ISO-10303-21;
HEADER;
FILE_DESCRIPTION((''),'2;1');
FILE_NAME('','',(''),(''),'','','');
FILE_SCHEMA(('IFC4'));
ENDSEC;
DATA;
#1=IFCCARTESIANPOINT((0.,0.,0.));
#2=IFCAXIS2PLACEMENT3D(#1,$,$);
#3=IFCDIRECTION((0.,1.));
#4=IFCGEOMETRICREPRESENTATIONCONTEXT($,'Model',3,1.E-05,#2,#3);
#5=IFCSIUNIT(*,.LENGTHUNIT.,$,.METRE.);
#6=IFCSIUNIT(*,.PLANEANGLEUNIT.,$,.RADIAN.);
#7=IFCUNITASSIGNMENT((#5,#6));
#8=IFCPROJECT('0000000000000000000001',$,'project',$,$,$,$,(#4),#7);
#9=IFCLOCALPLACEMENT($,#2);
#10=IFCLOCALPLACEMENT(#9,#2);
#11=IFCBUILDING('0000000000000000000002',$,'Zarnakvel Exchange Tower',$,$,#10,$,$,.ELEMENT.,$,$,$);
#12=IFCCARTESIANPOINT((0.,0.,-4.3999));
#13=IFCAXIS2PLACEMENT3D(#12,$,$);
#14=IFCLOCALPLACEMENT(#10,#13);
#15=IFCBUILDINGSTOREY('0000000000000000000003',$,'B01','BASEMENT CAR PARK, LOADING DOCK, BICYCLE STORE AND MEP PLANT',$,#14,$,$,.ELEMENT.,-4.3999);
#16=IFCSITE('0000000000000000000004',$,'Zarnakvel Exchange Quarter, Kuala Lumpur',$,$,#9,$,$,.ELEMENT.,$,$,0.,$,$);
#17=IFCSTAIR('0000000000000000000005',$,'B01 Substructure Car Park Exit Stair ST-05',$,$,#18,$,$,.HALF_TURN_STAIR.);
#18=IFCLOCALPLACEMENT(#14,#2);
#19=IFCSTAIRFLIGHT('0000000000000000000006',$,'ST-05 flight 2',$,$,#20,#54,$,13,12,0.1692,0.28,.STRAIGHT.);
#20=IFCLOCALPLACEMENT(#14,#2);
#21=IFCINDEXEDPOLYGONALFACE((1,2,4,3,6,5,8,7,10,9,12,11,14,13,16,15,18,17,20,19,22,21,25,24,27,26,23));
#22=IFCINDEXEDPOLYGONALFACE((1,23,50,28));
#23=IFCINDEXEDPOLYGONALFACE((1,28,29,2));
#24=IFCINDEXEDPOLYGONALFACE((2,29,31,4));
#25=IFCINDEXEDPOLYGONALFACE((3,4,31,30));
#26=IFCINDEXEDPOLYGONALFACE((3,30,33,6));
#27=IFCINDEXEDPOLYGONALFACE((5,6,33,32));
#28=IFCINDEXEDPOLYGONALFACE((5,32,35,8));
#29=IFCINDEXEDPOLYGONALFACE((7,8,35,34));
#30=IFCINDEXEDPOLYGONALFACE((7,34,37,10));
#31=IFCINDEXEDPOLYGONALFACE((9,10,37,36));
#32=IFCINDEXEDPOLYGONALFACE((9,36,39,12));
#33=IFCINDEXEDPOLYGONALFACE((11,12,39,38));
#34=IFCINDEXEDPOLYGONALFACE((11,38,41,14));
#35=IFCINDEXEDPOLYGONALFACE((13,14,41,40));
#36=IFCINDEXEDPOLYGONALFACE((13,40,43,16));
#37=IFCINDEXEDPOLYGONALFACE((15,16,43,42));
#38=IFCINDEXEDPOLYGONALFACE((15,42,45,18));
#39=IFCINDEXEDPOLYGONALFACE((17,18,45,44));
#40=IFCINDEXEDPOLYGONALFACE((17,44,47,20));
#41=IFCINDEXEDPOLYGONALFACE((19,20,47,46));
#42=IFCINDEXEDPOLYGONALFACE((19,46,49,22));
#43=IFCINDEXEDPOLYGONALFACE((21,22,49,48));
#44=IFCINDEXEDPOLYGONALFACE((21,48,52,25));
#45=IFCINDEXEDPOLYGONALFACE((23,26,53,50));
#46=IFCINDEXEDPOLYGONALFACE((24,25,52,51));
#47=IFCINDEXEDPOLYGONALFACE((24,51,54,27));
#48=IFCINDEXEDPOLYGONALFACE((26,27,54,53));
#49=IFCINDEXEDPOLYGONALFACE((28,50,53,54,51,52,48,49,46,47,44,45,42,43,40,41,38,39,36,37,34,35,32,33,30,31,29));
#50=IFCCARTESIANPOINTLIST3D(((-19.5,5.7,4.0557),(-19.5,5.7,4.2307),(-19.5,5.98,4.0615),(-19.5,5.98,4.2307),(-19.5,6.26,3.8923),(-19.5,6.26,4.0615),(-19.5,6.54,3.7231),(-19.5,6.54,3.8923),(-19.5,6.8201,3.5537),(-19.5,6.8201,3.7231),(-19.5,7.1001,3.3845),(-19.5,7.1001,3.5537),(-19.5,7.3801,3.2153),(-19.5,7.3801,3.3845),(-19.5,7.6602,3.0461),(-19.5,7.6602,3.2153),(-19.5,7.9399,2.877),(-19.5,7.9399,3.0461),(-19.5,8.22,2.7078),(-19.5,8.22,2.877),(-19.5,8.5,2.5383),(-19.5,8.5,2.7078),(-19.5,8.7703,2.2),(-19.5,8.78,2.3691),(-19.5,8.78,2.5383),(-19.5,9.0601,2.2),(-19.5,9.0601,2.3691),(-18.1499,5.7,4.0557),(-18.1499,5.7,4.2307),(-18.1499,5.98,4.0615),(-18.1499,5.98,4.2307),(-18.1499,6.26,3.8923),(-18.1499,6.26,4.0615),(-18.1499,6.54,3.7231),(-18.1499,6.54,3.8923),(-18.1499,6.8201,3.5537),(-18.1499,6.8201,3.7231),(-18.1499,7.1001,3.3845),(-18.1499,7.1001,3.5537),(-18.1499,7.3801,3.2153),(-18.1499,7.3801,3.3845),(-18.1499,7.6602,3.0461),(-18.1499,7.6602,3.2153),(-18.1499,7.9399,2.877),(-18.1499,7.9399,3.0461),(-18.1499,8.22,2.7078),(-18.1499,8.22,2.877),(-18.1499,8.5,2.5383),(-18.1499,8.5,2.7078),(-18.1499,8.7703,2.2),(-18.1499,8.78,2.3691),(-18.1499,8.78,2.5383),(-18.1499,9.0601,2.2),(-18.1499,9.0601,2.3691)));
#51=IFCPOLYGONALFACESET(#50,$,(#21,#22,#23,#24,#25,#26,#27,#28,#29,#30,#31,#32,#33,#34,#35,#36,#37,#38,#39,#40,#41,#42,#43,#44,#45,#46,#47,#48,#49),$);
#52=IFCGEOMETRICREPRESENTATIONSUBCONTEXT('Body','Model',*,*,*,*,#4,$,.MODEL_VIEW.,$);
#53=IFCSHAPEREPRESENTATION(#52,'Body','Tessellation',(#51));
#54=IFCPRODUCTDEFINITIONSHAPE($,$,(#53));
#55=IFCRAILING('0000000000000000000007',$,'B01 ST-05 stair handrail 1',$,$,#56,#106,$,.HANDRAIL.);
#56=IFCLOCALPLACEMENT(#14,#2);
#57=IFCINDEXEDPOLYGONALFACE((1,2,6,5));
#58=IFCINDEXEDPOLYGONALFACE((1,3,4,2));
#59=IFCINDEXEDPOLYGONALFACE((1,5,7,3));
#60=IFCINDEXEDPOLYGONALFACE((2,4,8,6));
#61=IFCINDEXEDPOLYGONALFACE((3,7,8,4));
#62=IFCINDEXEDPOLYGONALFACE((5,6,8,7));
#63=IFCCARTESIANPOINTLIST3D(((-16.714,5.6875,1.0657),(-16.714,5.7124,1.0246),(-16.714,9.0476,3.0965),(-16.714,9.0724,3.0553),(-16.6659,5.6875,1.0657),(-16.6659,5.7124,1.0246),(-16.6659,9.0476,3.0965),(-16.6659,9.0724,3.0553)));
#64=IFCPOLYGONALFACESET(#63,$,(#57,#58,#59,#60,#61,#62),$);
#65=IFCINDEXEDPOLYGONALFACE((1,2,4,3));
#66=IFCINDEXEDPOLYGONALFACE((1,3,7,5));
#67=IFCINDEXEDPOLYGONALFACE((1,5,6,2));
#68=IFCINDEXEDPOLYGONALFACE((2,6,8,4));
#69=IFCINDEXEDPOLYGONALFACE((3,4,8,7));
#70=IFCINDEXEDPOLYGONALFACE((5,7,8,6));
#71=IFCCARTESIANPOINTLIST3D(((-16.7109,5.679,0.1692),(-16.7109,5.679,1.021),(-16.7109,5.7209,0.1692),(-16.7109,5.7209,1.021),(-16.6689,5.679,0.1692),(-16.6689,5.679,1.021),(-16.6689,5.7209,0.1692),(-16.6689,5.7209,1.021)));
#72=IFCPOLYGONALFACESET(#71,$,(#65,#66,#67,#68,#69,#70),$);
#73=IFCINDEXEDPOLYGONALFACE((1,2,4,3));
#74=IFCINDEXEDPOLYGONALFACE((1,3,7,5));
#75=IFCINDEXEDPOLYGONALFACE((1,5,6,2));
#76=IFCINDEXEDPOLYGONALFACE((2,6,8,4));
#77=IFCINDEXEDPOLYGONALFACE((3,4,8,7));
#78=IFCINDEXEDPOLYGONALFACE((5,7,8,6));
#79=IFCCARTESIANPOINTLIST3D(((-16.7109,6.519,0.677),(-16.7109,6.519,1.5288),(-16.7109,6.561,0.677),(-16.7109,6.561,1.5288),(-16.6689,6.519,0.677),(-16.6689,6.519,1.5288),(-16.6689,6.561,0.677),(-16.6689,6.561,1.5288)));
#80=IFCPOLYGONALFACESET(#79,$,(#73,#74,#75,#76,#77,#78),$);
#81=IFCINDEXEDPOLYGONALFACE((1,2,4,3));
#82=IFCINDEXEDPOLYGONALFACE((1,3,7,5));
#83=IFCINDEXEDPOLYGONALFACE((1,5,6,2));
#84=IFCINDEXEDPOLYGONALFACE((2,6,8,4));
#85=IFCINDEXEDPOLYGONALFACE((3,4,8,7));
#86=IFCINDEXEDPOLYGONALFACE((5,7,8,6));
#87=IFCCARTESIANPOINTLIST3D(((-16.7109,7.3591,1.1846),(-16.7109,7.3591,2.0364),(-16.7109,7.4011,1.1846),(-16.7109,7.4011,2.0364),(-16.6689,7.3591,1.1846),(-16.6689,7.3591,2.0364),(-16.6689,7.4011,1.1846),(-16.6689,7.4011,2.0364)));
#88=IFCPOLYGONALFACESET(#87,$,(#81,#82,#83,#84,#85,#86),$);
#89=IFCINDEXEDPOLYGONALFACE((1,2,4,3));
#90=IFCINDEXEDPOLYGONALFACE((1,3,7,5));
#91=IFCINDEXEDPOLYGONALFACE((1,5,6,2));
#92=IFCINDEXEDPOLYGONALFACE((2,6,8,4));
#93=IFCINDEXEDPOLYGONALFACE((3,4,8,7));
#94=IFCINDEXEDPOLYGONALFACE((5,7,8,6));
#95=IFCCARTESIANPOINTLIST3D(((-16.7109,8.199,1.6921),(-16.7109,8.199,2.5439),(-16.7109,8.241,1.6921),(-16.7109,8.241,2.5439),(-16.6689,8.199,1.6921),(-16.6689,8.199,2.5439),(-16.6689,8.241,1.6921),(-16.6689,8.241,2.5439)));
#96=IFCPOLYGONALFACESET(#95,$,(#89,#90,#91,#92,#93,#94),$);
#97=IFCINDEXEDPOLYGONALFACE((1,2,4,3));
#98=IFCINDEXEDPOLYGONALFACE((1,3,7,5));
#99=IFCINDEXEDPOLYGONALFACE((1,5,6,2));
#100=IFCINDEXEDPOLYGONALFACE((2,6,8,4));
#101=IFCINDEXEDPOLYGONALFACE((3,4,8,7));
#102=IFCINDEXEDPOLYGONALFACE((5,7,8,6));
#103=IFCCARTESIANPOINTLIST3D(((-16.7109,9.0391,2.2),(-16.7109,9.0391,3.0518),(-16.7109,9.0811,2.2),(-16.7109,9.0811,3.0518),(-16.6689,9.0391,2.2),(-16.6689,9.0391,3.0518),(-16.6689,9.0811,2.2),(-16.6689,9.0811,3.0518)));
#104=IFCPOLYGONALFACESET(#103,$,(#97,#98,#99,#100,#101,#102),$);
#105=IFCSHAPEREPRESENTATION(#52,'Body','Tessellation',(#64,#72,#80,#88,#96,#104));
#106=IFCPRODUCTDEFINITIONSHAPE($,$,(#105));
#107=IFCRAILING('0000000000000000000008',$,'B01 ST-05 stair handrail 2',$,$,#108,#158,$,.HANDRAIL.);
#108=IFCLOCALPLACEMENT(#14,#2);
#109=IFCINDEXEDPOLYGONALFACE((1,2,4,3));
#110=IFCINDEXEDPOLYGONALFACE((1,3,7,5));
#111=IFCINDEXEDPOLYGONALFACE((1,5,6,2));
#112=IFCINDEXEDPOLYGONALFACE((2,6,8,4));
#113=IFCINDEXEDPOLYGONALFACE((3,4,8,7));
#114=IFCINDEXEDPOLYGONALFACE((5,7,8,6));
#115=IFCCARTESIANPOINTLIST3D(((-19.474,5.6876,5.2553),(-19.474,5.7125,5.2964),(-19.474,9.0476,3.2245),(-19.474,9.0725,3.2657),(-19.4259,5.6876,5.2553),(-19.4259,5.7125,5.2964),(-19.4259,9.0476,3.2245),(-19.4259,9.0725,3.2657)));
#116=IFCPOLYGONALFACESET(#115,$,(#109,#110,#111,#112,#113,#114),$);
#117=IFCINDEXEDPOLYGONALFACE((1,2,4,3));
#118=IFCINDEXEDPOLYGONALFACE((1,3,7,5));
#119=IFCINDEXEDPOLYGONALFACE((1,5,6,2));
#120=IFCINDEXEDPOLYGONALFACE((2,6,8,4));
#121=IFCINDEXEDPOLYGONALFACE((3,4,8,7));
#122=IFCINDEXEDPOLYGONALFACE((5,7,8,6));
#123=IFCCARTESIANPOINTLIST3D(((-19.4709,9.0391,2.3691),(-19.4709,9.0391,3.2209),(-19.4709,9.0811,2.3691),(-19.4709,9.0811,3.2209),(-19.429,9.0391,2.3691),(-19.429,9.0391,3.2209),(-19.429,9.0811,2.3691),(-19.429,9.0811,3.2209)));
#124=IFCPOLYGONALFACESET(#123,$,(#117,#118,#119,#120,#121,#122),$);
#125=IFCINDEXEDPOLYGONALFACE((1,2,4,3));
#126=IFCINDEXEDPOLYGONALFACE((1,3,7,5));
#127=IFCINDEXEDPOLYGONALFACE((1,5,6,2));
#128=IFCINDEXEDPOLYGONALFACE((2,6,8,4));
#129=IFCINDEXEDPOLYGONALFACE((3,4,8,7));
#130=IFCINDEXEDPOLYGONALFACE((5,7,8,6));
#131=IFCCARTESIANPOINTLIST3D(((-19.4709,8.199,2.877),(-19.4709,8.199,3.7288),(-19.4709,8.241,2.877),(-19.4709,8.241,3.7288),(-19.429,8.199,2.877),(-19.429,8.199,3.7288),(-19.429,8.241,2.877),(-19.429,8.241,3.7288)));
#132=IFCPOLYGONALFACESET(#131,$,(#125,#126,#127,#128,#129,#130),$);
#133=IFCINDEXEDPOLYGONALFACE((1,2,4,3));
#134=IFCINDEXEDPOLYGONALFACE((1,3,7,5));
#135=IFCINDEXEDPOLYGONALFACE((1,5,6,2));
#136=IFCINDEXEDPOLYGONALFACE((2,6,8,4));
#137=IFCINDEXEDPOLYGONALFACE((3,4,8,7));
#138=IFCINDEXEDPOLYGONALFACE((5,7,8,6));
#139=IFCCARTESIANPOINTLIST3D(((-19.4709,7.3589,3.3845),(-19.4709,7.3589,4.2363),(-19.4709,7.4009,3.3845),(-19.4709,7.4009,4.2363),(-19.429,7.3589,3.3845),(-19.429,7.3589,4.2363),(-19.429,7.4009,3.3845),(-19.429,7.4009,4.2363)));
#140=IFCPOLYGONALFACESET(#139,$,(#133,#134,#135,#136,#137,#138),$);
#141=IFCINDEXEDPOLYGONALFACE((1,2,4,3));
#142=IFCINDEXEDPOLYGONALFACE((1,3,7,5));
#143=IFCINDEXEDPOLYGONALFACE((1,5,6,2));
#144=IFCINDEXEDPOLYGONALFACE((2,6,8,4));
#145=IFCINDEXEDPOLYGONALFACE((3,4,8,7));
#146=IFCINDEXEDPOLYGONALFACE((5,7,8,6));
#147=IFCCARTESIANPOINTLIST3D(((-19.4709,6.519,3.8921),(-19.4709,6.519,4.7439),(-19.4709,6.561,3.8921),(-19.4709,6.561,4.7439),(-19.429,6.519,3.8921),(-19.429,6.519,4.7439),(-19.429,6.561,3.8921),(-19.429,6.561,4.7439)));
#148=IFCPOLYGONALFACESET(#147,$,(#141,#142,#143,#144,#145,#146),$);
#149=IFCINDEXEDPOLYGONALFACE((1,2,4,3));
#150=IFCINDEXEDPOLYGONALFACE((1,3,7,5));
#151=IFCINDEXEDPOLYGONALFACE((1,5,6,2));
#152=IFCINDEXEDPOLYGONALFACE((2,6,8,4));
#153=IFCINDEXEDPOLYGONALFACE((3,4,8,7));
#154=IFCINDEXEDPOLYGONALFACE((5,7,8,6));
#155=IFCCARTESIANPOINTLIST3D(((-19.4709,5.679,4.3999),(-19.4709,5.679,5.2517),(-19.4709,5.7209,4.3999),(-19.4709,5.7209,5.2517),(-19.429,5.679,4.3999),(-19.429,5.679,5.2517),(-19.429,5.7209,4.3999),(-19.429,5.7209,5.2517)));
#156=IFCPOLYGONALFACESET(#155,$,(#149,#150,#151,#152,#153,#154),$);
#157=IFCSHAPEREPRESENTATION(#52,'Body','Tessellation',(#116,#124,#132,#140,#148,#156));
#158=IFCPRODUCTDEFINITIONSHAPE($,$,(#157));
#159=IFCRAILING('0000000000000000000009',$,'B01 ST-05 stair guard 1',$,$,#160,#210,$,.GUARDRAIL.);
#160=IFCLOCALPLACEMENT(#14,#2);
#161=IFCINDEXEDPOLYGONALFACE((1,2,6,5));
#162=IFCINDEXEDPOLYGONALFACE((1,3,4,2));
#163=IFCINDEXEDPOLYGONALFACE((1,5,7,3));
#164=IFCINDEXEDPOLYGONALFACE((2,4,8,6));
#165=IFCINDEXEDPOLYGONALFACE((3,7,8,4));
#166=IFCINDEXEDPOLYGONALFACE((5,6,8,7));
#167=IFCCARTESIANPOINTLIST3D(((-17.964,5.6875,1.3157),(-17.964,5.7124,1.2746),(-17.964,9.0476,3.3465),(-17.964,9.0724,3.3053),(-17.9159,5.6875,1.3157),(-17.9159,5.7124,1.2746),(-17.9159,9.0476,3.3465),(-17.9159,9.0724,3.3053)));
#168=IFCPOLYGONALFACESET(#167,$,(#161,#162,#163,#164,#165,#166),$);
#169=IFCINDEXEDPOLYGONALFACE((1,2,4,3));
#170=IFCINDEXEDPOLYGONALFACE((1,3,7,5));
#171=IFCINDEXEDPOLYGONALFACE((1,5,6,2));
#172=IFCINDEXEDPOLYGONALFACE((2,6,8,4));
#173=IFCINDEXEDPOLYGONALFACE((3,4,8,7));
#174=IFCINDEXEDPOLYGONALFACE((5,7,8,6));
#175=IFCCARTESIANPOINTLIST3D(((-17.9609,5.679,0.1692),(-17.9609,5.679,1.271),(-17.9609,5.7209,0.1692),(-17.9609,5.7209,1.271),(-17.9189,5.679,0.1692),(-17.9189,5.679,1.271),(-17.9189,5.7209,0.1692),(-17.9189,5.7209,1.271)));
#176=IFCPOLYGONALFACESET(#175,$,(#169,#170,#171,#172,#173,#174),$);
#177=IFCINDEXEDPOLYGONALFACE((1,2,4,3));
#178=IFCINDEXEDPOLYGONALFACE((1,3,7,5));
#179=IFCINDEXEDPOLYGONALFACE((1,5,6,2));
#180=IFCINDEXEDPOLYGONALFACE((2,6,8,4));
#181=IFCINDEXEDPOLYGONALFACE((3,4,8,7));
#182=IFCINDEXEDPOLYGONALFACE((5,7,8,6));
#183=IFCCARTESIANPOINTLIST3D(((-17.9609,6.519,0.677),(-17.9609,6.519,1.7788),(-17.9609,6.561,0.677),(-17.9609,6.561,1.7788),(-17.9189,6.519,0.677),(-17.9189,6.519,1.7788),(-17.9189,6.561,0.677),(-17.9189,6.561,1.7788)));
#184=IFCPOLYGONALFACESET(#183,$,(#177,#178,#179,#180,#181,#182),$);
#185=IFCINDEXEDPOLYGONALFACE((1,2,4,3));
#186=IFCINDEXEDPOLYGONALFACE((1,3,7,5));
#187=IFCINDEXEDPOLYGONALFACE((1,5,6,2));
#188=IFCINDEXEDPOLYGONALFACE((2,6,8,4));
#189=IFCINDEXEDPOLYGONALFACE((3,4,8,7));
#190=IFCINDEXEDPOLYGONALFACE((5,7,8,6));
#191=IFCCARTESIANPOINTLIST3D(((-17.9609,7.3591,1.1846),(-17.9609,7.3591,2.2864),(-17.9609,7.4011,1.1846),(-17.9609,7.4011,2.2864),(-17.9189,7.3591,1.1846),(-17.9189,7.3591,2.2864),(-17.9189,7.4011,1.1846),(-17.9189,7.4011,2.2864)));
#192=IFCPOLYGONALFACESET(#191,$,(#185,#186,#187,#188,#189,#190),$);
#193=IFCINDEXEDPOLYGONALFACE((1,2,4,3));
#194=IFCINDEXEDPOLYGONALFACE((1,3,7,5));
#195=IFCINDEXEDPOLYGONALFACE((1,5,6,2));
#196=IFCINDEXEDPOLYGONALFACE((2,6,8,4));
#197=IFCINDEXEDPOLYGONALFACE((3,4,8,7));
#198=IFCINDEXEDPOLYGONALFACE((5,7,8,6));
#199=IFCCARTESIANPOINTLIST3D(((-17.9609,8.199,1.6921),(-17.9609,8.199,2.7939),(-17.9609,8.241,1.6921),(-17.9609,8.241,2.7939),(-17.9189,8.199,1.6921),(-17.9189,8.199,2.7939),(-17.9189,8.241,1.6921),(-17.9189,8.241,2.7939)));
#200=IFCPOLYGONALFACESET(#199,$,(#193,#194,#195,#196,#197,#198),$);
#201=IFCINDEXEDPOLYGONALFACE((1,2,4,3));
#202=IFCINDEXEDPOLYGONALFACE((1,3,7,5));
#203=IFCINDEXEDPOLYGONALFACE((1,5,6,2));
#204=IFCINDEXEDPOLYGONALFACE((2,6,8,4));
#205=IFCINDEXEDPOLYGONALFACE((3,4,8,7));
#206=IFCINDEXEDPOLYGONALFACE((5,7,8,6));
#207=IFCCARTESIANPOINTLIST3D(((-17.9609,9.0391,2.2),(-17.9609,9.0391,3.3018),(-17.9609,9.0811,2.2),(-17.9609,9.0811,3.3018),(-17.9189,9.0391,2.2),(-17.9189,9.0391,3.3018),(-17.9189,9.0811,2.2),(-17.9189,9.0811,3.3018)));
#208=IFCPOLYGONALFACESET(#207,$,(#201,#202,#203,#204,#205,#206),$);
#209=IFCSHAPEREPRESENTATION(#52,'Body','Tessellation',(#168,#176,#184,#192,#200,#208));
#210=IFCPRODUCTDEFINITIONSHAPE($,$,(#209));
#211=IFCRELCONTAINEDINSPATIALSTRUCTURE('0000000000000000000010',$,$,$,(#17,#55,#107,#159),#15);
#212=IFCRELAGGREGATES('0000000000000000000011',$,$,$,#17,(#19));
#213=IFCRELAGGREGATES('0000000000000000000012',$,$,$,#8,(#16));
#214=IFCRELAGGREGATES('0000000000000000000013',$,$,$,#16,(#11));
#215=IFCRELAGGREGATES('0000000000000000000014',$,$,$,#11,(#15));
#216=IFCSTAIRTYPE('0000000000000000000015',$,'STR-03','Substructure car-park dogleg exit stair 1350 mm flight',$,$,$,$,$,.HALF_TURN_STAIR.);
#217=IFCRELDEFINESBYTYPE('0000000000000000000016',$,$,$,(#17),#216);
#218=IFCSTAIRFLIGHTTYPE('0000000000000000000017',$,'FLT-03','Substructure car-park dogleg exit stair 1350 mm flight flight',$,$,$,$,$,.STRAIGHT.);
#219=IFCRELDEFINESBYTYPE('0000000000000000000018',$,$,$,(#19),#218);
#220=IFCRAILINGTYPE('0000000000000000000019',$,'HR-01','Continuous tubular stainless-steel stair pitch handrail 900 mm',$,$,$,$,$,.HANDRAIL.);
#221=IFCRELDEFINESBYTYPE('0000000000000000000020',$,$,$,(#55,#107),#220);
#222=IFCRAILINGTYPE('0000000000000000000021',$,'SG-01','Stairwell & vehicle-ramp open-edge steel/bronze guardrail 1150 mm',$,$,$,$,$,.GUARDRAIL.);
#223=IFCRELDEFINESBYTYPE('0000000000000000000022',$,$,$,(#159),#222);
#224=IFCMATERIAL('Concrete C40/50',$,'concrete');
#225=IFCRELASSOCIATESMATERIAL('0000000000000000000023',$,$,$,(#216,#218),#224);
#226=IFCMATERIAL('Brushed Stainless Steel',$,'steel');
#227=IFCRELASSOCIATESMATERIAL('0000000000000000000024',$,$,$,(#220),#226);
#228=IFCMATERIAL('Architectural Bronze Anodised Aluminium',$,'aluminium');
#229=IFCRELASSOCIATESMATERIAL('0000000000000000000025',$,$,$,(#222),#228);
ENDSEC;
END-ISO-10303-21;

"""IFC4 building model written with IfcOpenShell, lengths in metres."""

from ifc_helpers import new_model, si_unit, direction, frame, origin, origin_2d, place, context, subcontext, project, spatial, polyline, rectangle, outline, extrude, material, type_object, element, aggregate, save


model = new_model("IFC4")

# Units and contexts
model_context = context("Model", 3, precision=1e-05, world=origin(), true_north=direction((0.0, 1.0)))
body_context = subcontext(model_context, "Body", "Model", "MODEL_VIEW")
ifc_project = project(units=[si_unit("LENGTHUNIT", "METRE"), si_unit("PLANEANGLEUNIT", "RADIAN")], contexts=[model_context])

# Site, building, storey
site_placement = place(None, origin())
site = spatial("IfcSite", under=ifc_project, at=site_placement, Name="Zarnakvel Exchange Quarter, Kuala Lumpur", CompositionType="ELEMENT", RefElevation=0.0)
building_placement = place(site_placement, origin())
building = spatial("IfcBuilding", under=site, at=building_placement, Name="Zarnakvel Exchange Tower", CompositionType="ELEMENT")
storey_placement = place(building_placement, frame((0.0, 0.0, -4.3999)))
storey = spatial("IfcBuildingStorey", under=building, at=storey_placement, Name="B01", Description="BASEMENT CAR PARK, LOADING DOCK, BICYCLE STORE AND MEP PLANT", CompositionType="ELEMENT", Elevation=-4.3999)

# Shared definitions
ifc_material_1 = material(Name="Concrete C40/50", Category="concrete")

# Stair, stair flight
stair_type = type_object("IfcStairType", Name="STR-03", Description="Substructure car-park dogleg exit stair 1350 mm flight", PredefinedType="HALF_TURN_STAIR", material=ifc_material_1)
stair_placement = place(storey_placement, origin())
stair = element("IfcStair", 1, at=stair_placement, inside=storey, type_object=stair_type, Name="B01 Substructure Car Park Exit Stair ST-05", PredefinedType="HALF_TURN_STAIR")
stair_flight_type = type_object("IfcStairFlightType", Name="FLT-03", Description="Substructure car-park dogleg exit stair 1350 mm flight flight", PredefinedType="STRAIGHT", material=ifc_material_1)
stair_flight_1_placement = place(storey_placement, frame((-18.825, 9.0601, 2.2), z_axis=(0.0, 0.0, 1.0), x_axis=(0.0, -1.0, 0.0)))
stair_flight_1 = element("IfcStairFlight", 2, at=stair_flight_1_placement, type_object=stair_flight_type, Name="ST-05 flight 2", NumberOfRisers=13, NumberOfTreads=12, PredefinedType="STRAIGHT", RiserHeight=0.1692, TreadLength=0.28, context=body_context, shape_type="SweptSolid", body=[
    extrude(outline(polyline([(0.0, 0.0), (0.0, 0.1692), (0.28, 0.1692), (0.28, 0.3384), (0.5601, 0.3384), (0.5601, 0.5078), (0.8401, 0.5078), (0.8401, 0.677), (1.1201, 0.677), (1.1201, 0.8462), (1.3999, 0.8462), (1.3999, 1.0154), (1.6799, 1.0154), (1.6799, 1.1846), (1.96, 1.1846), (1.96, 1.3538), (2.24, 1.3538), (2.24, 1.5232), (2.52, 1.5232), (2.52, 1.6924), (2.8, 1.6924), (2.8, 1.8616), (3.0801, 1.8616), (3.0801, 2.0308), (3.3601, 2.0308), (3.3601, 2.2), (3.3601, 1.8557), (0.2898, 0.0), (0.0, 0.0)])), frame((0.0, 0.675, 0.0), z_axis=(0.0, -1.0, 0.0), x_axis=(1.0, 0.0, 0.0)), (0.0, 0.0, 1.0), 1.3501),
])
aggregate(stair, [stair_flight_1])

# Railings
ifc_material_2 = material(Name="Brushed Stainless Steel", Category="steel")
railing_type_1 = type_object("IfcRailingType", Name="HR-01", Description="Continuous tubular stainless-steel stair pitch handrail 900 mm", PredefinedType="HANDRAIL", material=ifc_material_2)
railing_1_placement = place(storey_placement, frame((-16.6899, 5.7, 0.1692)))
element("IfcRailing", 3, at=railing_1_placement, inside=storey, type_object=railing_type_1, Name="B01 ST-05 stair handrail 1", PredefinedType="HANDRAIL", context=body_context, shape_type="SweptSolid", body=[
    extrude(rectangle(XDim=0.0481, YDim=0.0481, at=origin_2d()), frame((0.0, 0.0, 0.876), z_axis=(0.0, 0.855837, 0.517246), x_axis=(-1.0, 0.0, 0.0)), (0.0, 0.0, 1.0), 3.926),
    extrude(rectangle(XDim=0.042, YDim=0.042, at=origin_2d()), origin(), (0.0, 0.0, 1.0), 0.8518),
    extrude(rectangle(XDim=0.042, YDim=0.042, at=origin_2d()), frame((0.0, 0.8401, 0.5078)), (0.0, 0.0, 1.0), 0.8518),
    extrude(rectangle(XDim=0.042, YDim=0.042, at=origin_2d()), frame((0.0, 1.6802, 1.0154)), (0.0, 0.0, 1.0), 0.8518),
    extrude(rectangle(XDim=0.042, YDim=0.042, at=origin_2d()), frame((0.0, 2.52, 1.5229)), (0.0, 0.0, 1.0), 0.8518),
    extrude(rectangle(XDim=0.042, YDim=0.042, at=origin_2d()), frame((0.0, 3.3601, 2.0308)), (0.0, 0.0, 1.0), 0.8518),
])
railing_2_placement = place(storey_placement, frame((-19.45, 9.0601, 2.3691)))
element("IfcRailing", 4, at=railing_2_placement, inside=storey, type_object=railing_type_1, Name="B01 ST-05 stair handrail 2", PredefinedType="HANDRAIL", context=body_context, shape_type="SweptSolid", body=[
    extrude(rectangle(XDim=0.0481, YDim=0.0481, at=origin_2d()), frame((0.0, 0.0, 0.876), z_axis=(0.0, -0.855837, 0.517246), x_axis=(1.0, 0.0, 0.0)), (0.0, 0.0, 1.0), 3.926),
    extrude(rectangle(XDim=0.042, YDim=0.042, at=origin_2d()), origin(), (0.0, 0.0, 1.0), 0.8518),
    extrude(rectangle(XDim=0.042, YDim=0.042, at=origin_2d()), frame((0.0, -0.8401, 0.5078)), (0.0, 0.0, 1.0), 0.8518),
    extrude(rectangle(XDim=0.042, YDim=0.042, at=origin_2d()), frame((0.0, -1.6802, 1.0154)), (0.0, 0.0, 1.0), 0.8518),
    extrude(rectangle(XDim=0.042, YDim=0.042, at=origin_2d()), frame((0.0, -2.52, 1.5229)), (0.0, 0.0, 1.0), 0.8518),
    extrude(rectangle(XDim=0.042, YDim=0.042, at=origin_2d()), frame((0.0, -3.3601, 2.0308)), (0.0, 0.0, 1.0), 0.8518),
])
ifc_material_3 = material(Name="Architectural Bronze Anodised Aluminium", Category="aluminium")
railing_type_2 = type_object("IfcRailingType", Name="SG-01", Description="Stairwell & vehicle-ramp open-edge steel/bronze guardrail 1150 mm", PredefinedType="GUARDRAIL", material=ifc_material_3)
railing_3_placement = place(storey_placement, frame((-17.9399, 5.7, 0.1692)))
element("IfcRailing", 5, at=railing_3_placement, inside=storey, type_object=railing_type_2, Name="B01 ST-05 stair guard 1", PredefinedType="GUARDRAIL", context=body_context, shape_type="SweptSolid", body=[
    extrude(rectangle(XDim=0.0481, YDim=0.0481, at=origin_2d()), frame((0.0, 0.0, 1.126), z_axis=(0.0, 0.855837, 0.517246), x_axis=(-1.0, 0.0, 0.0)), (0.0, 0.0, 1.0), 3.926),
    extrude(rectangle(XDim=0.042, YDim=0.042, at=origin_2d()), origin(), (0.0, 0.0, 1.0), 1.1018),
    extrude(rectangle(XDim=0.042, YDim=0.042, at=origin_2d()), frame((0.0, 0.8401, 0.5078)), (0.0, 0.0, 1.0), 1.1018),
    extrude(rectangle(XDim=0.042, YDim=0.042, at=origin_2d()), frame((0.0, 1.6802, 1.0154)), (0.0, 0.0, 1.0), 1.1018),
    extrude(rectangle(XDim=0.042, YDim=0.042, at=origin_2d()), frame((0.0, 2.52, 1.5229)), (0.0, 0.0, 1.0), 1.1018),
    extrude(rectangle(XDim=0.042, YDim=0.042, at=origin_2d()), frame((0.0, 3.3601, 2.0308)), (0.0, 0.0, 1.0), 1.1018),
])

save(model, "model.ifc")
